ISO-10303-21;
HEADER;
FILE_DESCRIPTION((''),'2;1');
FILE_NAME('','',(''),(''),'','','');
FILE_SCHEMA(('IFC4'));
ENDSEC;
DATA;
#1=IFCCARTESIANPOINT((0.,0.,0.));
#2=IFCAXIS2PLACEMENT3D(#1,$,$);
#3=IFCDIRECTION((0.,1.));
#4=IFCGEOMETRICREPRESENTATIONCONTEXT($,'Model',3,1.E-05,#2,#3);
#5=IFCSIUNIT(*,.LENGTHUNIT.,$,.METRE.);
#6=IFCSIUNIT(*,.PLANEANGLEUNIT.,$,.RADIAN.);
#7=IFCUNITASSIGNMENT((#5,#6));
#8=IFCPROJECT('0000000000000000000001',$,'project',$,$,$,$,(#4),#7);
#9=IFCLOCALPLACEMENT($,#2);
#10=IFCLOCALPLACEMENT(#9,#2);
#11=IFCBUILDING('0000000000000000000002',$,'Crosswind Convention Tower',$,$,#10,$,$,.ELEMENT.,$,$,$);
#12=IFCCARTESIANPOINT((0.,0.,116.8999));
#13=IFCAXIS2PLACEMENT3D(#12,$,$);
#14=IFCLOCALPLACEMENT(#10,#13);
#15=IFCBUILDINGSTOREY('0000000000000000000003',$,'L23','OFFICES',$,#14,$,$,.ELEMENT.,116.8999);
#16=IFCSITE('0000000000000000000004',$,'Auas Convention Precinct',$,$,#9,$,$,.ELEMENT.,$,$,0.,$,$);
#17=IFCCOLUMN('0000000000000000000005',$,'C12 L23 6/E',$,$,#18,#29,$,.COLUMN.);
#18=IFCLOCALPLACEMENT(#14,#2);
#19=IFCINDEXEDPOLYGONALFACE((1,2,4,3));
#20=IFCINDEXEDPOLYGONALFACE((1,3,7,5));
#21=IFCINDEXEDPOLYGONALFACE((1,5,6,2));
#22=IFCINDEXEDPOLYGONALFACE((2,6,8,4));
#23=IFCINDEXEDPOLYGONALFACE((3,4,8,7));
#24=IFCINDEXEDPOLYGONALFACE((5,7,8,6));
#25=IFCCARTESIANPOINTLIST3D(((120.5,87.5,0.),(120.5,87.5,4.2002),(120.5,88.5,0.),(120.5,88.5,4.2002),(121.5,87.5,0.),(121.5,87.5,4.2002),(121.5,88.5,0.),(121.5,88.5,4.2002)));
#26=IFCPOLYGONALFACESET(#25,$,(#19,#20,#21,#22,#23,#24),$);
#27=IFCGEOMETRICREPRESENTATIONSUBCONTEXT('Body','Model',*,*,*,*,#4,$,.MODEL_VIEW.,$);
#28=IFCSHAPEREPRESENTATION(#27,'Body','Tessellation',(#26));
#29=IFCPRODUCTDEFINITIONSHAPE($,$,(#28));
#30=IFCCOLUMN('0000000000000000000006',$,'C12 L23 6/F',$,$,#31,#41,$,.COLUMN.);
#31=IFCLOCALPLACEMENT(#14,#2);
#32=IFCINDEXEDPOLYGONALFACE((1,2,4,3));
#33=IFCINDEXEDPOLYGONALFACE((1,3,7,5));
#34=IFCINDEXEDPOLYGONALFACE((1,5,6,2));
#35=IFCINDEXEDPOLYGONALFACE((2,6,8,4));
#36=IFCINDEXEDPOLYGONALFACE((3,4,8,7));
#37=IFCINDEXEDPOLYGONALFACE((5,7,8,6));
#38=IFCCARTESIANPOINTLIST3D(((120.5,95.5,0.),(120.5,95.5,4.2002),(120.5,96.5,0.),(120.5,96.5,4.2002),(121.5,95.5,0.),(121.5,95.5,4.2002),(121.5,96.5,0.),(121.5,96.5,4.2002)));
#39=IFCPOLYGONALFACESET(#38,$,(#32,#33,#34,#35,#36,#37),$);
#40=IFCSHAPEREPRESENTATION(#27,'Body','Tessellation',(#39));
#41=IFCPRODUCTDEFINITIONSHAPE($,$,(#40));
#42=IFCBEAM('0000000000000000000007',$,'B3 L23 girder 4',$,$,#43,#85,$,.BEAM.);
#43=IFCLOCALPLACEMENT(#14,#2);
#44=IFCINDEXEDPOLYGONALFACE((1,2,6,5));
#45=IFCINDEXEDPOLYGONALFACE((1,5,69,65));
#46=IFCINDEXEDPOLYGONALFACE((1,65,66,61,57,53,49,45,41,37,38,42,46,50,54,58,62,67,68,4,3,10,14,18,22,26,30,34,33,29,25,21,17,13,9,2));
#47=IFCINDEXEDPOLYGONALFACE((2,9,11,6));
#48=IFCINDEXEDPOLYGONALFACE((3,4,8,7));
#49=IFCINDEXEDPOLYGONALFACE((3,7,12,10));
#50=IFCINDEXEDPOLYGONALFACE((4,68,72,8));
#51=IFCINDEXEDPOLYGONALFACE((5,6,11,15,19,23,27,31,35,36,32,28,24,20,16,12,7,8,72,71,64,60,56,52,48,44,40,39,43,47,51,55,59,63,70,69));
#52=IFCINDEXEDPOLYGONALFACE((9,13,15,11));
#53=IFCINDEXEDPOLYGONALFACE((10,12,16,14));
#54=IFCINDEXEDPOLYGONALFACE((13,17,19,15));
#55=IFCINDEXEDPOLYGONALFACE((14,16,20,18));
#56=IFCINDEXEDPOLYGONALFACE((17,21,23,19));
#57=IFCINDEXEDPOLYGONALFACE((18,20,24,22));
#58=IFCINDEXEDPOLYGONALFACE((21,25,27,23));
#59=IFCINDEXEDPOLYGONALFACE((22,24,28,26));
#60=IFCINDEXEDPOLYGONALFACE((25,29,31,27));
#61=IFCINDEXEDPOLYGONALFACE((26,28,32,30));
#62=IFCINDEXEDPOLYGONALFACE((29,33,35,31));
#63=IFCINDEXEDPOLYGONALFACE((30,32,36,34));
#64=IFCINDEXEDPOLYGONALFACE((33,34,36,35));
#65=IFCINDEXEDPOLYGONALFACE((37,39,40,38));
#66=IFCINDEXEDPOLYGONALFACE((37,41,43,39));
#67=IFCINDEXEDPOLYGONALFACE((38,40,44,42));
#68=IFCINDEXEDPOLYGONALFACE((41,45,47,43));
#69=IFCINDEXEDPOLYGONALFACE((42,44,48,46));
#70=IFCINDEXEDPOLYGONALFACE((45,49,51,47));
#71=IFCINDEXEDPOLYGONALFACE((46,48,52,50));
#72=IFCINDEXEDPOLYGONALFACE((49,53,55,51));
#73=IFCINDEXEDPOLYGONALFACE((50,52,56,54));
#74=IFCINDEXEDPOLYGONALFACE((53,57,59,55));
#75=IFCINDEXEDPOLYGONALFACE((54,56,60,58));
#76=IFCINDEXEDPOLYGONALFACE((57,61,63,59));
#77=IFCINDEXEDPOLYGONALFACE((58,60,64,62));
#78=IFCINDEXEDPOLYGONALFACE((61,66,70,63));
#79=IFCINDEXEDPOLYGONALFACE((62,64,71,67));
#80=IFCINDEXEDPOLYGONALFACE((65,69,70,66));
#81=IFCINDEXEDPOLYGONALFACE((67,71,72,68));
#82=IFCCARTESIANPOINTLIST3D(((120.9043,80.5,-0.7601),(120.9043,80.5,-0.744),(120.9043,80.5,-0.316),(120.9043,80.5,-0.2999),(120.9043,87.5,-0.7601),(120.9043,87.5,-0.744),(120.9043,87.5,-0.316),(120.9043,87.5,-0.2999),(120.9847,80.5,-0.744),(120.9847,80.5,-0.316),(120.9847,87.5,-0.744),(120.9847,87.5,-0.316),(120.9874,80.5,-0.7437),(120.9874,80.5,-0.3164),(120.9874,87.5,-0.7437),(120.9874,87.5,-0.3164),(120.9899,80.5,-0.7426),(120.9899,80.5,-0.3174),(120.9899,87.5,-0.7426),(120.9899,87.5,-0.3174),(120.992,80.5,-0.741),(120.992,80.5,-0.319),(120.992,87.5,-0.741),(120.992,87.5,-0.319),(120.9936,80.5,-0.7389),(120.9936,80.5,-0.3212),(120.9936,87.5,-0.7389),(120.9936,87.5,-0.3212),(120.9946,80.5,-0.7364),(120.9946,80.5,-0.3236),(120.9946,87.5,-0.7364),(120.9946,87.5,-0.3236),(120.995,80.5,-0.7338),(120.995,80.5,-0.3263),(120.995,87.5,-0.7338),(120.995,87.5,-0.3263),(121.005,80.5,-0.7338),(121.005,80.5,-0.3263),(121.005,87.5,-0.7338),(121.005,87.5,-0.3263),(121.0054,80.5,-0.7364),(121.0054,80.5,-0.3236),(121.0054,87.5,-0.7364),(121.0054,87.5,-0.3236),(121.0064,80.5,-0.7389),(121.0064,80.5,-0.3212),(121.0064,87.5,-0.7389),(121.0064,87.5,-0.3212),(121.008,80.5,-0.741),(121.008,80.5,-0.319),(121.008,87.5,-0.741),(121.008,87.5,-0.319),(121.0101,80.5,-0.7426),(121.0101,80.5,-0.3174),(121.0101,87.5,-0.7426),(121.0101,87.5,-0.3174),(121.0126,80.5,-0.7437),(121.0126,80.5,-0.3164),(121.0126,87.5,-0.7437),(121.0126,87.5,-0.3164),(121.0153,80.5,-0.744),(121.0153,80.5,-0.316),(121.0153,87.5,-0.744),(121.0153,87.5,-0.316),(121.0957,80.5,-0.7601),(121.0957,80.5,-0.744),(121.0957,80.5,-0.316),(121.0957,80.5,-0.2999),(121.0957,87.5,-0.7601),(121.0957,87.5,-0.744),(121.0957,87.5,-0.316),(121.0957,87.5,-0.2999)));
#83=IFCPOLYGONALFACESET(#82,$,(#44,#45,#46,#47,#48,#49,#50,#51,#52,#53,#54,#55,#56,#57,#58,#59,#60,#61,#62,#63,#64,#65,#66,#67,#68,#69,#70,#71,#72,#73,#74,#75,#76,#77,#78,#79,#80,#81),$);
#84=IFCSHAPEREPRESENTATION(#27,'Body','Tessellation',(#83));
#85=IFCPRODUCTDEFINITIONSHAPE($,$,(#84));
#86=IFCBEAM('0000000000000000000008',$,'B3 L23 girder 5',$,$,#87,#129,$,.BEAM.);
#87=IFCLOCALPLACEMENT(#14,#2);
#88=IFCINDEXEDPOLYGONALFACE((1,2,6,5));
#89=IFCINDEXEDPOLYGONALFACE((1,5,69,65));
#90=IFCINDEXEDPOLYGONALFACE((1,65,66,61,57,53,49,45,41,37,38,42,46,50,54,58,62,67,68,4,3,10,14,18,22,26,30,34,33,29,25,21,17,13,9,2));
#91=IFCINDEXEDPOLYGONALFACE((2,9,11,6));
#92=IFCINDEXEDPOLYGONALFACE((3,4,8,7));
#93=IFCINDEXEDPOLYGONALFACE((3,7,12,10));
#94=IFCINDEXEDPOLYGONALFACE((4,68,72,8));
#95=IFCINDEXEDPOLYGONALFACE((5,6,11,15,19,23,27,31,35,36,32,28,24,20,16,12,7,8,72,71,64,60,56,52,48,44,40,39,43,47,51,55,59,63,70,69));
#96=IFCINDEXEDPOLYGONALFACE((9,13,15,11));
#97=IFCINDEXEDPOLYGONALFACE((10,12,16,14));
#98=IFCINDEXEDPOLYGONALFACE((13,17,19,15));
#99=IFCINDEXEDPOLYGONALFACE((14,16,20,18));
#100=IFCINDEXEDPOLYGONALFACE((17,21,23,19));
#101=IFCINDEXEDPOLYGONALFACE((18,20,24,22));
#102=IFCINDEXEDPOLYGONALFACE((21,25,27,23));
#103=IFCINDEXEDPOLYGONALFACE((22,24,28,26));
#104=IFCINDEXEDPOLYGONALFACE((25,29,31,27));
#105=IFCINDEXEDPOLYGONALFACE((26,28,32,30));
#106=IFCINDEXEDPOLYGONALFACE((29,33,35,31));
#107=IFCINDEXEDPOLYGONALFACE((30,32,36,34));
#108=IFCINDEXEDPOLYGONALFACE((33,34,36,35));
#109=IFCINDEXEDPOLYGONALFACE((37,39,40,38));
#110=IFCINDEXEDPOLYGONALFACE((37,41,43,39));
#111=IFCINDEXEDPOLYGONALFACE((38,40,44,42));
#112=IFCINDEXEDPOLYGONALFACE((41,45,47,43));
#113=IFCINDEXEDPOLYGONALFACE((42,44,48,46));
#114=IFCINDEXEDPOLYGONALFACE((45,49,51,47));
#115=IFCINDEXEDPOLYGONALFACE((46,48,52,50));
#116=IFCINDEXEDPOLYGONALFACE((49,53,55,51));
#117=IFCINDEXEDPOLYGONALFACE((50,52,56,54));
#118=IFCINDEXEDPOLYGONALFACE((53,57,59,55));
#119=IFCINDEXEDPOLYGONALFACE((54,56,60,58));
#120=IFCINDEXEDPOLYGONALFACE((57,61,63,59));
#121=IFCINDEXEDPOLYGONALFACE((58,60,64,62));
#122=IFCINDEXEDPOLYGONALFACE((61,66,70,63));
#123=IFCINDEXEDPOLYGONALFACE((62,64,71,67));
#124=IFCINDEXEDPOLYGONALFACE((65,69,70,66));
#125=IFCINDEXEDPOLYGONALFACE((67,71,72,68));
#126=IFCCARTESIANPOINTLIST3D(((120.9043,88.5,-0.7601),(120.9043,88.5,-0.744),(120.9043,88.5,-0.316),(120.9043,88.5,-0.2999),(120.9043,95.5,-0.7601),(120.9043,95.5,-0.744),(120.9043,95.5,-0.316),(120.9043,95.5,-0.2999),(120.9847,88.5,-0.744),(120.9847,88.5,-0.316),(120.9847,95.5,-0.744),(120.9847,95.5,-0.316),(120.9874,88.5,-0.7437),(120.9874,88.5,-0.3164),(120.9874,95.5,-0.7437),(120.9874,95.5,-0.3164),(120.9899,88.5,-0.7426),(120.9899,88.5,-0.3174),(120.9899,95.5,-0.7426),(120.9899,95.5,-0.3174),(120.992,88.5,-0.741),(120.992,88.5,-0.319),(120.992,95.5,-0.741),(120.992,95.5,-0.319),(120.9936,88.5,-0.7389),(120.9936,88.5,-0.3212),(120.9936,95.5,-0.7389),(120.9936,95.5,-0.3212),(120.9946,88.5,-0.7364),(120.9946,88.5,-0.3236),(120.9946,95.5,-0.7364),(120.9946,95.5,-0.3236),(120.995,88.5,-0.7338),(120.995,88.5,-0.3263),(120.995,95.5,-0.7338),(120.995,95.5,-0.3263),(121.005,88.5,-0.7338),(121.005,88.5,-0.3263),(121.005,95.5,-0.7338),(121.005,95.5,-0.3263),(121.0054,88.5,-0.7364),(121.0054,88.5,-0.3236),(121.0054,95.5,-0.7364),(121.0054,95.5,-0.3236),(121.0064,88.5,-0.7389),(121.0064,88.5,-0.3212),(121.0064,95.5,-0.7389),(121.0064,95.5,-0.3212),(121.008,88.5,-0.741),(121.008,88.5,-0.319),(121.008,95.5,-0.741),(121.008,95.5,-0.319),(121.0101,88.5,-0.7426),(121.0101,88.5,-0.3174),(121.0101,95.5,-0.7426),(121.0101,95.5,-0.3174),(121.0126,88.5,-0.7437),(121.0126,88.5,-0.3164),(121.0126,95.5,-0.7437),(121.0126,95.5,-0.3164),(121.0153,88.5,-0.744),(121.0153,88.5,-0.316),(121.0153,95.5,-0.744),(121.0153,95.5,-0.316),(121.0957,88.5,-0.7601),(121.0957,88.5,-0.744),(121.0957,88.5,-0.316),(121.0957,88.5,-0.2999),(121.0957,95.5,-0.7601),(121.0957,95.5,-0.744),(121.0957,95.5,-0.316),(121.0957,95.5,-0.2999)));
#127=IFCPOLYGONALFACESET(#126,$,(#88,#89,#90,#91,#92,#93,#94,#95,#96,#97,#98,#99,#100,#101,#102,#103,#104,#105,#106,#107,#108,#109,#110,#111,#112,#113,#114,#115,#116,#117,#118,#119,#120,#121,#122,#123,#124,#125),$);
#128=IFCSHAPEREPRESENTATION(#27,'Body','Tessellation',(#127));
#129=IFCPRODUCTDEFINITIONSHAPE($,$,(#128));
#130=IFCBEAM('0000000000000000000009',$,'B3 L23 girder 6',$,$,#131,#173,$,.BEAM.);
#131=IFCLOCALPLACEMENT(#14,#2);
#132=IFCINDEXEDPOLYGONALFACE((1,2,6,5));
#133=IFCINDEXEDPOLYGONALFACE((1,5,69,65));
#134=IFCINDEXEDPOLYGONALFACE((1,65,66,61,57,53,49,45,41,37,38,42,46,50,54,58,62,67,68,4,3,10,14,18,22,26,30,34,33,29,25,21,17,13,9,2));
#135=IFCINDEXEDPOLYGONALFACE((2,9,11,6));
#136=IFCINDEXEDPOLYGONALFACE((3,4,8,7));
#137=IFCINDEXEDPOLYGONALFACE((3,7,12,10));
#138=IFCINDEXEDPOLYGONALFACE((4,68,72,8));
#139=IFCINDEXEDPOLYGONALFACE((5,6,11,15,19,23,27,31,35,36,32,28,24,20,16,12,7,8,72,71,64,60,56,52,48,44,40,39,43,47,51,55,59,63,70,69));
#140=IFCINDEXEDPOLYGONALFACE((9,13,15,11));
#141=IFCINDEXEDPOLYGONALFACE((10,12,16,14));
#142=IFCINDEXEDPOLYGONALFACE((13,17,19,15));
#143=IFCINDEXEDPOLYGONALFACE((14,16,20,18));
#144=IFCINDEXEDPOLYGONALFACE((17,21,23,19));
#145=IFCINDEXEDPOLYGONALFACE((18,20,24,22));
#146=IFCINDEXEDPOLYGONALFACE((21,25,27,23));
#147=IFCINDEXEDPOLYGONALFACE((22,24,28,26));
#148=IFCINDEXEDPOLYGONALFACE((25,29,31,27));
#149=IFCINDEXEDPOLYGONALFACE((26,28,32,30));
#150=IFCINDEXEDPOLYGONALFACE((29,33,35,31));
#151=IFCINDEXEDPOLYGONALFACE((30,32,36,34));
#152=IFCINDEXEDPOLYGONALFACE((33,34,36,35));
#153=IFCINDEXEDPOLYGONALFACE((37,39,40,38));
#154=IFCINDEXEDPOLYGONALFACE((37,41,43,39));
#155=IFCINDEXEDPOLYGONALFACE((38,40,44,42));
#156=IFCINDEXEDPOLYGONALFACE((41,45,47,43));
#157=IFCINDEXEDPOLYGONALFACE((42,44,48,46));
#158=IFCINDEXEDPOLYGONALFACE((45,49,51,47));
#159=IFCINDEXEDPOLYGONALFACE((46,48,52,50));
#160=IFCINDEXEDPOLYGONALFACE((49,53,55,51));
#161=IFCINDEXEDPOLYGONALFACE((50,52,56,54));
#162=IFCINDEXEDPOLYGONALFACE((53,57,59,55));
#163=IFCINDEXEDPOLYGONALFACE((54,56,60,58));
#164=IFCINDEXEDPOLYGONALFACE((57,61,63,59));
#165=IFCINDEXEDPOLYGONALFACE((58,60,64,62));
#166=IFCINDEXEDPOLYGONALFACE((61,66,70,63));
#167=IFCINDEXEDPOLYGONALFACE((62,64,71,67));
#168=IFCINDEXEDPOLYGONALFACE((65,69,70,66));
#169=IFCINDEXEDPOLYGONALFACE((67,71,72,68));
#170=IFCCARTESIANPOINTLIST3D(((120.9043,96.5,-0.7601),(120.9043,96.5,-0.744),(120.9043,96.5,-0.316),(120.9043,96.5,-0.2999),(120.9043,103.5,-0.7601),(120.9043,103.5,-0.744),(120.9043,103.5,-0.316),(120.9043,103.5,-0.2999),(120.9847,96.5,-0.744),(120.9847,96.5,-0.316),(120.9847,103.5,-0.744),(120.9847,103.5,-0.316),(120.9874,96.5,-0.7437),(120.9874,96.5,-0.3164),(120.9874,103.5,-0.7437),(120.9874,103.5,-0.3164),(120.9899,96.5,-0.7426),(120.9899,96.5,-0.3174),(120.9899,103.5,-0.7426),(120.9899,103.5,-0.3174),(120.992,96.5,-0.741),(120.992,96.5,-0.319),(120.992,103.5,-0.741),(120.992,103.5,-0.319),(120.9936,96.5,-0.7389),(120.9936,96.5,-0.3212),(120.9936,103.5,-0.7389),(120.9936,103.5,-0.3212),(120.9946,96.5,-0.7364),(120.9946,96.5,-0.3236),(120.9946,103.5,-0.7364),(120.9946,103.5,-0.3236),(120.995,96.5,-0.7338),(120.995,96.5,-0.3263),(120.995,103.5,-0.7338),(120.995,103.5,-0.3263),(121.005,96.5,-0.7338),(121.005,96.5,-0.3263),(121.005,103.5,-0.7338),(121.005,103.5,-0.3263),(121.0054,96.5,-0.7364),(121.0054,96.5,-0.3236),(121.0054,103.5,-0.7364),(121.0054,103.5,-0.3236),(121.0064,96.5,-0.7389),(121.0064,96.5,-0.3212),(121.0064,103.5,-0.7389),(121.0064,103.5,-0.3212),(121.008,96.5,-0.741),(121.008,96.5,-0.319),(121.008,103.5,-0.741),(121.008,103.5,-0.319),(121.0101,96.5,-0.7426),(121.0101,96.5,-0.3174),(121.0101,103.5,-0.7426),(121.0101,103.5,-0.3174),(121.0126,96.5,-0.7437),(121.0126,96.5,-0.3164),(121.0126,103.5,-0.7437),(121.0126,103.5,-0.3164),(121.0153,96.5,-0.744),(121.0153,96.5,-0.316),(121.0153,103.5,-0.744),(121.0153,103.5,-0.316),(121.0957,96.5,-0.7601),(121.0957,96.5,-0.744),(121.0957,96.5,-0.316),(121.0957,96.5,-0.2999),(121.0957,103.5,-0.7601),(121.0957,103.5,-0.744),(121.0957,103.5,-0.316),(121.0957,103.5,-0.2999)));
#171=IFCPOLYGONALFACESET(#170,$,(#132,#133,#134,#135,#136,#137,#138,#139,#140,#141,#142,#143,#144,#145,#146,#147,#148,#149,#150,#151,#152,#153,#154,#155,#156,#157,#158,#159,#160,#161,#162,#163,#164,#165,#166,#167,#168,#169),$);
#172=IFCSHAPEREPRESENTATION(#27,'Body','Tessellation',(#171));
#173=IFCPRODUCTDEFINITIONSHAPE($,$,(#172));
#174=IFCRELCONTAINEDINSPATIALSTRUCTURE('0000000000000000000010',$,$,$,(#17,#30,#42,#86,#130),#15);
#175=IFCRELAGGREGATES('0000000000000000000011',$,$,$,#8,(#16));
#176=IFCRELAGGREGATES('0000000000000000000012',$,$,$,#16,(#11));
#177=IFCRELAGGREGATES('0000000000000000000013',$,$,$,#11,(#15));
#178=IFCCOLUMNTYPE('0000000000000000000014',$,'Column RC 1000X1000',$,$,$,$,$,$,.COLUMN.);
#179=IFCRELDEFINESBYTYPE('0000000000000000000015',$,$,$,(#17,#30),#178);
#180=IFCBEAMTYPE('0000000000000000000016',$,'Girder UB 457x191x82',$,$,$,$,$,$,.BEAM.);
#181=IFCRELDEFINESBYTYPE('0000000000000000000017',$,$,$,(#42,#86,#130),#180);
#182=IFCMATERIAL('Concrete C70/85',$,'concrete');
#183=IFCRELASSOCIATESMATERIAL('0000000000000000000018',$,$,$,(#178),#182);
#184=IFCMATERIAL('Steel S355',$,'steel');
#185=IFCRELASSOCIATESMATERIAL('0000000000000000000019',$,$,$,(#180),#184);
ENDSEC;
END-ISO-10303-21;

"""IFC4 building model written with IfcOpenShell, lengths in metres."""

from ifc_helpers import new_model, si_unit, direction, frame, origin, origin_2d, place, context, subcontext, project, spatial, rectangle, i_section, extrude, material, material_profile, profile_set, type_object, element, save


model = new_model("IFC4")

# Units and contexts
model_context = context("Model", 3, precision=1e-05, world=origin(), true_north=direction((0.0, 1.0)))
body_context = subcontext(model_context, "Body", "Model", "MODEL_VIEW")
ifc_project = project(units=[si_unit("LENGTHUNIT", "METRE"), si_unit("PLANEANGLEUNIT", "RADIAN")], contexts=[model_context])

# Site, building, storey
site_placement = place(None, origin())
site = spatial("IfcSite", under=ifc_project, at=site_placement, Name="Auas Convention Precinct", CompositionType="ELEMENT", RefElevation=0.0)
building_placement = place(site_placement, origin())
building = spatial("IfcBuilding", under=site, at=building_placement, Name="Crosswind Convention Tower", CompositionType="ELEMENT")
storey_placement = place(building_placement, frame((0.0, 0.0, 116.8999)))
storey = spatial("IfcBuildingStorey", under=building, at=storey_placement, Name="L23", Description="OFFICES", CompositionType="ELEMENT", Elevation=116.8999)

# Columns
ifc_material_1 = material(Name="Concrete C70/85", Category="concrete")
ifc_material_profile_1 = material_profile(ifc_material_1, rectangle(XDim=1.0, YDim=1.0, at=origin_2d()), Name="RC 1000X1000")
ifc_profile_set_1 = profile_set([ifc_material_profile_1], Name="Concrete C70/85")
column_type = type_object("IfcColumnType", Name="Column RC 1000X1000", PredefinedType="COLUMN", material=ifc_profile_set_1)
for number, where, z_axis, x_axis, name in (
    (1, (121.0, 88.0, 0.0), (0.0, 0.0, 1.0), (1.0, 0.0, 0.0), "C12 L23 6/E"),
    (2, (121.0, 96.0, 0.0), (0.0, 0.0, 1.0), (1.0, 0.0, 0.0), "C12 L23 6/F"),
):
    element("IfcColumn", number, at=place(storey_placement, frame(where, z_axis=z_axis, x_axis=x_axis)), inside=storey, type_object=column_type, Name=name, PredefinedType="COLUMN", context=body_context, shape_type="SweptSolid", body=[
        extrude(rectangle(XDim=1.0, YDim=1.0, at=origin_2d()), origin(), (0.0, 0.0, 1.0), 4.2002),
    ])

# Beams
ifc_material_2 = material(Name="Steel S355", Category="steel")
ifc_material_profile_2 = material_profile(ifc_material_2, i_section(OverallWidth=0.1914, OverallDepth=0.4602, WebThickness=0.01, FlangeThickness=0.0161, FilletRadius=0.0103, at=origin_2d()), Name="UB 457x191x82")
ifc_profile_set_2 = profile_set([ifc_material_profile_2], Name="Steel S355")
beam_type_1 = type_object("IfcBeamType", Name="Girder UB 457x191x82", PredefinedType="BEAM", material=ifc_profile_set_2)
for number, where, z_axis, x_axis, name in (
    (3, (121.0, 80.5, -0.53), (0.0, 1.0, 0.0), (-1.0, 0.0, 0.0), "B3 L23 girder 4"),
    (4, (121.0, 88.5, -0.53), (0.0, 1.0, 0.0), (-1.0, 0.0, 0.0), "B3 L23 girder 5"),
    (5, (121.0, 96.5, -0.53), (0.0, 1.0, 0.0), (-1.0, 0.0, 0.0), "B3 L23 girder 6"),
):
    element("IfcBeam", number, at=place(storey_placement, frame(where, z_axis=z_axis, x_axis=x_axis)), inside=storey, type_object=beam_type_1, Name=name, PredefinedType="BEAM", context=body_context, shape_type="SweptSolid", body=[
        extrude(i_section(OverallWidth=0.1914, OverallDepth=0.4602, WebThickness=0.01, FlangeThickness=0.0161, FilletRadius=0.0103, at=origin_2d()), origin(), (0.0, 0.0, 1.0), 7.0),
    ])

save(model, "model.ifc")
